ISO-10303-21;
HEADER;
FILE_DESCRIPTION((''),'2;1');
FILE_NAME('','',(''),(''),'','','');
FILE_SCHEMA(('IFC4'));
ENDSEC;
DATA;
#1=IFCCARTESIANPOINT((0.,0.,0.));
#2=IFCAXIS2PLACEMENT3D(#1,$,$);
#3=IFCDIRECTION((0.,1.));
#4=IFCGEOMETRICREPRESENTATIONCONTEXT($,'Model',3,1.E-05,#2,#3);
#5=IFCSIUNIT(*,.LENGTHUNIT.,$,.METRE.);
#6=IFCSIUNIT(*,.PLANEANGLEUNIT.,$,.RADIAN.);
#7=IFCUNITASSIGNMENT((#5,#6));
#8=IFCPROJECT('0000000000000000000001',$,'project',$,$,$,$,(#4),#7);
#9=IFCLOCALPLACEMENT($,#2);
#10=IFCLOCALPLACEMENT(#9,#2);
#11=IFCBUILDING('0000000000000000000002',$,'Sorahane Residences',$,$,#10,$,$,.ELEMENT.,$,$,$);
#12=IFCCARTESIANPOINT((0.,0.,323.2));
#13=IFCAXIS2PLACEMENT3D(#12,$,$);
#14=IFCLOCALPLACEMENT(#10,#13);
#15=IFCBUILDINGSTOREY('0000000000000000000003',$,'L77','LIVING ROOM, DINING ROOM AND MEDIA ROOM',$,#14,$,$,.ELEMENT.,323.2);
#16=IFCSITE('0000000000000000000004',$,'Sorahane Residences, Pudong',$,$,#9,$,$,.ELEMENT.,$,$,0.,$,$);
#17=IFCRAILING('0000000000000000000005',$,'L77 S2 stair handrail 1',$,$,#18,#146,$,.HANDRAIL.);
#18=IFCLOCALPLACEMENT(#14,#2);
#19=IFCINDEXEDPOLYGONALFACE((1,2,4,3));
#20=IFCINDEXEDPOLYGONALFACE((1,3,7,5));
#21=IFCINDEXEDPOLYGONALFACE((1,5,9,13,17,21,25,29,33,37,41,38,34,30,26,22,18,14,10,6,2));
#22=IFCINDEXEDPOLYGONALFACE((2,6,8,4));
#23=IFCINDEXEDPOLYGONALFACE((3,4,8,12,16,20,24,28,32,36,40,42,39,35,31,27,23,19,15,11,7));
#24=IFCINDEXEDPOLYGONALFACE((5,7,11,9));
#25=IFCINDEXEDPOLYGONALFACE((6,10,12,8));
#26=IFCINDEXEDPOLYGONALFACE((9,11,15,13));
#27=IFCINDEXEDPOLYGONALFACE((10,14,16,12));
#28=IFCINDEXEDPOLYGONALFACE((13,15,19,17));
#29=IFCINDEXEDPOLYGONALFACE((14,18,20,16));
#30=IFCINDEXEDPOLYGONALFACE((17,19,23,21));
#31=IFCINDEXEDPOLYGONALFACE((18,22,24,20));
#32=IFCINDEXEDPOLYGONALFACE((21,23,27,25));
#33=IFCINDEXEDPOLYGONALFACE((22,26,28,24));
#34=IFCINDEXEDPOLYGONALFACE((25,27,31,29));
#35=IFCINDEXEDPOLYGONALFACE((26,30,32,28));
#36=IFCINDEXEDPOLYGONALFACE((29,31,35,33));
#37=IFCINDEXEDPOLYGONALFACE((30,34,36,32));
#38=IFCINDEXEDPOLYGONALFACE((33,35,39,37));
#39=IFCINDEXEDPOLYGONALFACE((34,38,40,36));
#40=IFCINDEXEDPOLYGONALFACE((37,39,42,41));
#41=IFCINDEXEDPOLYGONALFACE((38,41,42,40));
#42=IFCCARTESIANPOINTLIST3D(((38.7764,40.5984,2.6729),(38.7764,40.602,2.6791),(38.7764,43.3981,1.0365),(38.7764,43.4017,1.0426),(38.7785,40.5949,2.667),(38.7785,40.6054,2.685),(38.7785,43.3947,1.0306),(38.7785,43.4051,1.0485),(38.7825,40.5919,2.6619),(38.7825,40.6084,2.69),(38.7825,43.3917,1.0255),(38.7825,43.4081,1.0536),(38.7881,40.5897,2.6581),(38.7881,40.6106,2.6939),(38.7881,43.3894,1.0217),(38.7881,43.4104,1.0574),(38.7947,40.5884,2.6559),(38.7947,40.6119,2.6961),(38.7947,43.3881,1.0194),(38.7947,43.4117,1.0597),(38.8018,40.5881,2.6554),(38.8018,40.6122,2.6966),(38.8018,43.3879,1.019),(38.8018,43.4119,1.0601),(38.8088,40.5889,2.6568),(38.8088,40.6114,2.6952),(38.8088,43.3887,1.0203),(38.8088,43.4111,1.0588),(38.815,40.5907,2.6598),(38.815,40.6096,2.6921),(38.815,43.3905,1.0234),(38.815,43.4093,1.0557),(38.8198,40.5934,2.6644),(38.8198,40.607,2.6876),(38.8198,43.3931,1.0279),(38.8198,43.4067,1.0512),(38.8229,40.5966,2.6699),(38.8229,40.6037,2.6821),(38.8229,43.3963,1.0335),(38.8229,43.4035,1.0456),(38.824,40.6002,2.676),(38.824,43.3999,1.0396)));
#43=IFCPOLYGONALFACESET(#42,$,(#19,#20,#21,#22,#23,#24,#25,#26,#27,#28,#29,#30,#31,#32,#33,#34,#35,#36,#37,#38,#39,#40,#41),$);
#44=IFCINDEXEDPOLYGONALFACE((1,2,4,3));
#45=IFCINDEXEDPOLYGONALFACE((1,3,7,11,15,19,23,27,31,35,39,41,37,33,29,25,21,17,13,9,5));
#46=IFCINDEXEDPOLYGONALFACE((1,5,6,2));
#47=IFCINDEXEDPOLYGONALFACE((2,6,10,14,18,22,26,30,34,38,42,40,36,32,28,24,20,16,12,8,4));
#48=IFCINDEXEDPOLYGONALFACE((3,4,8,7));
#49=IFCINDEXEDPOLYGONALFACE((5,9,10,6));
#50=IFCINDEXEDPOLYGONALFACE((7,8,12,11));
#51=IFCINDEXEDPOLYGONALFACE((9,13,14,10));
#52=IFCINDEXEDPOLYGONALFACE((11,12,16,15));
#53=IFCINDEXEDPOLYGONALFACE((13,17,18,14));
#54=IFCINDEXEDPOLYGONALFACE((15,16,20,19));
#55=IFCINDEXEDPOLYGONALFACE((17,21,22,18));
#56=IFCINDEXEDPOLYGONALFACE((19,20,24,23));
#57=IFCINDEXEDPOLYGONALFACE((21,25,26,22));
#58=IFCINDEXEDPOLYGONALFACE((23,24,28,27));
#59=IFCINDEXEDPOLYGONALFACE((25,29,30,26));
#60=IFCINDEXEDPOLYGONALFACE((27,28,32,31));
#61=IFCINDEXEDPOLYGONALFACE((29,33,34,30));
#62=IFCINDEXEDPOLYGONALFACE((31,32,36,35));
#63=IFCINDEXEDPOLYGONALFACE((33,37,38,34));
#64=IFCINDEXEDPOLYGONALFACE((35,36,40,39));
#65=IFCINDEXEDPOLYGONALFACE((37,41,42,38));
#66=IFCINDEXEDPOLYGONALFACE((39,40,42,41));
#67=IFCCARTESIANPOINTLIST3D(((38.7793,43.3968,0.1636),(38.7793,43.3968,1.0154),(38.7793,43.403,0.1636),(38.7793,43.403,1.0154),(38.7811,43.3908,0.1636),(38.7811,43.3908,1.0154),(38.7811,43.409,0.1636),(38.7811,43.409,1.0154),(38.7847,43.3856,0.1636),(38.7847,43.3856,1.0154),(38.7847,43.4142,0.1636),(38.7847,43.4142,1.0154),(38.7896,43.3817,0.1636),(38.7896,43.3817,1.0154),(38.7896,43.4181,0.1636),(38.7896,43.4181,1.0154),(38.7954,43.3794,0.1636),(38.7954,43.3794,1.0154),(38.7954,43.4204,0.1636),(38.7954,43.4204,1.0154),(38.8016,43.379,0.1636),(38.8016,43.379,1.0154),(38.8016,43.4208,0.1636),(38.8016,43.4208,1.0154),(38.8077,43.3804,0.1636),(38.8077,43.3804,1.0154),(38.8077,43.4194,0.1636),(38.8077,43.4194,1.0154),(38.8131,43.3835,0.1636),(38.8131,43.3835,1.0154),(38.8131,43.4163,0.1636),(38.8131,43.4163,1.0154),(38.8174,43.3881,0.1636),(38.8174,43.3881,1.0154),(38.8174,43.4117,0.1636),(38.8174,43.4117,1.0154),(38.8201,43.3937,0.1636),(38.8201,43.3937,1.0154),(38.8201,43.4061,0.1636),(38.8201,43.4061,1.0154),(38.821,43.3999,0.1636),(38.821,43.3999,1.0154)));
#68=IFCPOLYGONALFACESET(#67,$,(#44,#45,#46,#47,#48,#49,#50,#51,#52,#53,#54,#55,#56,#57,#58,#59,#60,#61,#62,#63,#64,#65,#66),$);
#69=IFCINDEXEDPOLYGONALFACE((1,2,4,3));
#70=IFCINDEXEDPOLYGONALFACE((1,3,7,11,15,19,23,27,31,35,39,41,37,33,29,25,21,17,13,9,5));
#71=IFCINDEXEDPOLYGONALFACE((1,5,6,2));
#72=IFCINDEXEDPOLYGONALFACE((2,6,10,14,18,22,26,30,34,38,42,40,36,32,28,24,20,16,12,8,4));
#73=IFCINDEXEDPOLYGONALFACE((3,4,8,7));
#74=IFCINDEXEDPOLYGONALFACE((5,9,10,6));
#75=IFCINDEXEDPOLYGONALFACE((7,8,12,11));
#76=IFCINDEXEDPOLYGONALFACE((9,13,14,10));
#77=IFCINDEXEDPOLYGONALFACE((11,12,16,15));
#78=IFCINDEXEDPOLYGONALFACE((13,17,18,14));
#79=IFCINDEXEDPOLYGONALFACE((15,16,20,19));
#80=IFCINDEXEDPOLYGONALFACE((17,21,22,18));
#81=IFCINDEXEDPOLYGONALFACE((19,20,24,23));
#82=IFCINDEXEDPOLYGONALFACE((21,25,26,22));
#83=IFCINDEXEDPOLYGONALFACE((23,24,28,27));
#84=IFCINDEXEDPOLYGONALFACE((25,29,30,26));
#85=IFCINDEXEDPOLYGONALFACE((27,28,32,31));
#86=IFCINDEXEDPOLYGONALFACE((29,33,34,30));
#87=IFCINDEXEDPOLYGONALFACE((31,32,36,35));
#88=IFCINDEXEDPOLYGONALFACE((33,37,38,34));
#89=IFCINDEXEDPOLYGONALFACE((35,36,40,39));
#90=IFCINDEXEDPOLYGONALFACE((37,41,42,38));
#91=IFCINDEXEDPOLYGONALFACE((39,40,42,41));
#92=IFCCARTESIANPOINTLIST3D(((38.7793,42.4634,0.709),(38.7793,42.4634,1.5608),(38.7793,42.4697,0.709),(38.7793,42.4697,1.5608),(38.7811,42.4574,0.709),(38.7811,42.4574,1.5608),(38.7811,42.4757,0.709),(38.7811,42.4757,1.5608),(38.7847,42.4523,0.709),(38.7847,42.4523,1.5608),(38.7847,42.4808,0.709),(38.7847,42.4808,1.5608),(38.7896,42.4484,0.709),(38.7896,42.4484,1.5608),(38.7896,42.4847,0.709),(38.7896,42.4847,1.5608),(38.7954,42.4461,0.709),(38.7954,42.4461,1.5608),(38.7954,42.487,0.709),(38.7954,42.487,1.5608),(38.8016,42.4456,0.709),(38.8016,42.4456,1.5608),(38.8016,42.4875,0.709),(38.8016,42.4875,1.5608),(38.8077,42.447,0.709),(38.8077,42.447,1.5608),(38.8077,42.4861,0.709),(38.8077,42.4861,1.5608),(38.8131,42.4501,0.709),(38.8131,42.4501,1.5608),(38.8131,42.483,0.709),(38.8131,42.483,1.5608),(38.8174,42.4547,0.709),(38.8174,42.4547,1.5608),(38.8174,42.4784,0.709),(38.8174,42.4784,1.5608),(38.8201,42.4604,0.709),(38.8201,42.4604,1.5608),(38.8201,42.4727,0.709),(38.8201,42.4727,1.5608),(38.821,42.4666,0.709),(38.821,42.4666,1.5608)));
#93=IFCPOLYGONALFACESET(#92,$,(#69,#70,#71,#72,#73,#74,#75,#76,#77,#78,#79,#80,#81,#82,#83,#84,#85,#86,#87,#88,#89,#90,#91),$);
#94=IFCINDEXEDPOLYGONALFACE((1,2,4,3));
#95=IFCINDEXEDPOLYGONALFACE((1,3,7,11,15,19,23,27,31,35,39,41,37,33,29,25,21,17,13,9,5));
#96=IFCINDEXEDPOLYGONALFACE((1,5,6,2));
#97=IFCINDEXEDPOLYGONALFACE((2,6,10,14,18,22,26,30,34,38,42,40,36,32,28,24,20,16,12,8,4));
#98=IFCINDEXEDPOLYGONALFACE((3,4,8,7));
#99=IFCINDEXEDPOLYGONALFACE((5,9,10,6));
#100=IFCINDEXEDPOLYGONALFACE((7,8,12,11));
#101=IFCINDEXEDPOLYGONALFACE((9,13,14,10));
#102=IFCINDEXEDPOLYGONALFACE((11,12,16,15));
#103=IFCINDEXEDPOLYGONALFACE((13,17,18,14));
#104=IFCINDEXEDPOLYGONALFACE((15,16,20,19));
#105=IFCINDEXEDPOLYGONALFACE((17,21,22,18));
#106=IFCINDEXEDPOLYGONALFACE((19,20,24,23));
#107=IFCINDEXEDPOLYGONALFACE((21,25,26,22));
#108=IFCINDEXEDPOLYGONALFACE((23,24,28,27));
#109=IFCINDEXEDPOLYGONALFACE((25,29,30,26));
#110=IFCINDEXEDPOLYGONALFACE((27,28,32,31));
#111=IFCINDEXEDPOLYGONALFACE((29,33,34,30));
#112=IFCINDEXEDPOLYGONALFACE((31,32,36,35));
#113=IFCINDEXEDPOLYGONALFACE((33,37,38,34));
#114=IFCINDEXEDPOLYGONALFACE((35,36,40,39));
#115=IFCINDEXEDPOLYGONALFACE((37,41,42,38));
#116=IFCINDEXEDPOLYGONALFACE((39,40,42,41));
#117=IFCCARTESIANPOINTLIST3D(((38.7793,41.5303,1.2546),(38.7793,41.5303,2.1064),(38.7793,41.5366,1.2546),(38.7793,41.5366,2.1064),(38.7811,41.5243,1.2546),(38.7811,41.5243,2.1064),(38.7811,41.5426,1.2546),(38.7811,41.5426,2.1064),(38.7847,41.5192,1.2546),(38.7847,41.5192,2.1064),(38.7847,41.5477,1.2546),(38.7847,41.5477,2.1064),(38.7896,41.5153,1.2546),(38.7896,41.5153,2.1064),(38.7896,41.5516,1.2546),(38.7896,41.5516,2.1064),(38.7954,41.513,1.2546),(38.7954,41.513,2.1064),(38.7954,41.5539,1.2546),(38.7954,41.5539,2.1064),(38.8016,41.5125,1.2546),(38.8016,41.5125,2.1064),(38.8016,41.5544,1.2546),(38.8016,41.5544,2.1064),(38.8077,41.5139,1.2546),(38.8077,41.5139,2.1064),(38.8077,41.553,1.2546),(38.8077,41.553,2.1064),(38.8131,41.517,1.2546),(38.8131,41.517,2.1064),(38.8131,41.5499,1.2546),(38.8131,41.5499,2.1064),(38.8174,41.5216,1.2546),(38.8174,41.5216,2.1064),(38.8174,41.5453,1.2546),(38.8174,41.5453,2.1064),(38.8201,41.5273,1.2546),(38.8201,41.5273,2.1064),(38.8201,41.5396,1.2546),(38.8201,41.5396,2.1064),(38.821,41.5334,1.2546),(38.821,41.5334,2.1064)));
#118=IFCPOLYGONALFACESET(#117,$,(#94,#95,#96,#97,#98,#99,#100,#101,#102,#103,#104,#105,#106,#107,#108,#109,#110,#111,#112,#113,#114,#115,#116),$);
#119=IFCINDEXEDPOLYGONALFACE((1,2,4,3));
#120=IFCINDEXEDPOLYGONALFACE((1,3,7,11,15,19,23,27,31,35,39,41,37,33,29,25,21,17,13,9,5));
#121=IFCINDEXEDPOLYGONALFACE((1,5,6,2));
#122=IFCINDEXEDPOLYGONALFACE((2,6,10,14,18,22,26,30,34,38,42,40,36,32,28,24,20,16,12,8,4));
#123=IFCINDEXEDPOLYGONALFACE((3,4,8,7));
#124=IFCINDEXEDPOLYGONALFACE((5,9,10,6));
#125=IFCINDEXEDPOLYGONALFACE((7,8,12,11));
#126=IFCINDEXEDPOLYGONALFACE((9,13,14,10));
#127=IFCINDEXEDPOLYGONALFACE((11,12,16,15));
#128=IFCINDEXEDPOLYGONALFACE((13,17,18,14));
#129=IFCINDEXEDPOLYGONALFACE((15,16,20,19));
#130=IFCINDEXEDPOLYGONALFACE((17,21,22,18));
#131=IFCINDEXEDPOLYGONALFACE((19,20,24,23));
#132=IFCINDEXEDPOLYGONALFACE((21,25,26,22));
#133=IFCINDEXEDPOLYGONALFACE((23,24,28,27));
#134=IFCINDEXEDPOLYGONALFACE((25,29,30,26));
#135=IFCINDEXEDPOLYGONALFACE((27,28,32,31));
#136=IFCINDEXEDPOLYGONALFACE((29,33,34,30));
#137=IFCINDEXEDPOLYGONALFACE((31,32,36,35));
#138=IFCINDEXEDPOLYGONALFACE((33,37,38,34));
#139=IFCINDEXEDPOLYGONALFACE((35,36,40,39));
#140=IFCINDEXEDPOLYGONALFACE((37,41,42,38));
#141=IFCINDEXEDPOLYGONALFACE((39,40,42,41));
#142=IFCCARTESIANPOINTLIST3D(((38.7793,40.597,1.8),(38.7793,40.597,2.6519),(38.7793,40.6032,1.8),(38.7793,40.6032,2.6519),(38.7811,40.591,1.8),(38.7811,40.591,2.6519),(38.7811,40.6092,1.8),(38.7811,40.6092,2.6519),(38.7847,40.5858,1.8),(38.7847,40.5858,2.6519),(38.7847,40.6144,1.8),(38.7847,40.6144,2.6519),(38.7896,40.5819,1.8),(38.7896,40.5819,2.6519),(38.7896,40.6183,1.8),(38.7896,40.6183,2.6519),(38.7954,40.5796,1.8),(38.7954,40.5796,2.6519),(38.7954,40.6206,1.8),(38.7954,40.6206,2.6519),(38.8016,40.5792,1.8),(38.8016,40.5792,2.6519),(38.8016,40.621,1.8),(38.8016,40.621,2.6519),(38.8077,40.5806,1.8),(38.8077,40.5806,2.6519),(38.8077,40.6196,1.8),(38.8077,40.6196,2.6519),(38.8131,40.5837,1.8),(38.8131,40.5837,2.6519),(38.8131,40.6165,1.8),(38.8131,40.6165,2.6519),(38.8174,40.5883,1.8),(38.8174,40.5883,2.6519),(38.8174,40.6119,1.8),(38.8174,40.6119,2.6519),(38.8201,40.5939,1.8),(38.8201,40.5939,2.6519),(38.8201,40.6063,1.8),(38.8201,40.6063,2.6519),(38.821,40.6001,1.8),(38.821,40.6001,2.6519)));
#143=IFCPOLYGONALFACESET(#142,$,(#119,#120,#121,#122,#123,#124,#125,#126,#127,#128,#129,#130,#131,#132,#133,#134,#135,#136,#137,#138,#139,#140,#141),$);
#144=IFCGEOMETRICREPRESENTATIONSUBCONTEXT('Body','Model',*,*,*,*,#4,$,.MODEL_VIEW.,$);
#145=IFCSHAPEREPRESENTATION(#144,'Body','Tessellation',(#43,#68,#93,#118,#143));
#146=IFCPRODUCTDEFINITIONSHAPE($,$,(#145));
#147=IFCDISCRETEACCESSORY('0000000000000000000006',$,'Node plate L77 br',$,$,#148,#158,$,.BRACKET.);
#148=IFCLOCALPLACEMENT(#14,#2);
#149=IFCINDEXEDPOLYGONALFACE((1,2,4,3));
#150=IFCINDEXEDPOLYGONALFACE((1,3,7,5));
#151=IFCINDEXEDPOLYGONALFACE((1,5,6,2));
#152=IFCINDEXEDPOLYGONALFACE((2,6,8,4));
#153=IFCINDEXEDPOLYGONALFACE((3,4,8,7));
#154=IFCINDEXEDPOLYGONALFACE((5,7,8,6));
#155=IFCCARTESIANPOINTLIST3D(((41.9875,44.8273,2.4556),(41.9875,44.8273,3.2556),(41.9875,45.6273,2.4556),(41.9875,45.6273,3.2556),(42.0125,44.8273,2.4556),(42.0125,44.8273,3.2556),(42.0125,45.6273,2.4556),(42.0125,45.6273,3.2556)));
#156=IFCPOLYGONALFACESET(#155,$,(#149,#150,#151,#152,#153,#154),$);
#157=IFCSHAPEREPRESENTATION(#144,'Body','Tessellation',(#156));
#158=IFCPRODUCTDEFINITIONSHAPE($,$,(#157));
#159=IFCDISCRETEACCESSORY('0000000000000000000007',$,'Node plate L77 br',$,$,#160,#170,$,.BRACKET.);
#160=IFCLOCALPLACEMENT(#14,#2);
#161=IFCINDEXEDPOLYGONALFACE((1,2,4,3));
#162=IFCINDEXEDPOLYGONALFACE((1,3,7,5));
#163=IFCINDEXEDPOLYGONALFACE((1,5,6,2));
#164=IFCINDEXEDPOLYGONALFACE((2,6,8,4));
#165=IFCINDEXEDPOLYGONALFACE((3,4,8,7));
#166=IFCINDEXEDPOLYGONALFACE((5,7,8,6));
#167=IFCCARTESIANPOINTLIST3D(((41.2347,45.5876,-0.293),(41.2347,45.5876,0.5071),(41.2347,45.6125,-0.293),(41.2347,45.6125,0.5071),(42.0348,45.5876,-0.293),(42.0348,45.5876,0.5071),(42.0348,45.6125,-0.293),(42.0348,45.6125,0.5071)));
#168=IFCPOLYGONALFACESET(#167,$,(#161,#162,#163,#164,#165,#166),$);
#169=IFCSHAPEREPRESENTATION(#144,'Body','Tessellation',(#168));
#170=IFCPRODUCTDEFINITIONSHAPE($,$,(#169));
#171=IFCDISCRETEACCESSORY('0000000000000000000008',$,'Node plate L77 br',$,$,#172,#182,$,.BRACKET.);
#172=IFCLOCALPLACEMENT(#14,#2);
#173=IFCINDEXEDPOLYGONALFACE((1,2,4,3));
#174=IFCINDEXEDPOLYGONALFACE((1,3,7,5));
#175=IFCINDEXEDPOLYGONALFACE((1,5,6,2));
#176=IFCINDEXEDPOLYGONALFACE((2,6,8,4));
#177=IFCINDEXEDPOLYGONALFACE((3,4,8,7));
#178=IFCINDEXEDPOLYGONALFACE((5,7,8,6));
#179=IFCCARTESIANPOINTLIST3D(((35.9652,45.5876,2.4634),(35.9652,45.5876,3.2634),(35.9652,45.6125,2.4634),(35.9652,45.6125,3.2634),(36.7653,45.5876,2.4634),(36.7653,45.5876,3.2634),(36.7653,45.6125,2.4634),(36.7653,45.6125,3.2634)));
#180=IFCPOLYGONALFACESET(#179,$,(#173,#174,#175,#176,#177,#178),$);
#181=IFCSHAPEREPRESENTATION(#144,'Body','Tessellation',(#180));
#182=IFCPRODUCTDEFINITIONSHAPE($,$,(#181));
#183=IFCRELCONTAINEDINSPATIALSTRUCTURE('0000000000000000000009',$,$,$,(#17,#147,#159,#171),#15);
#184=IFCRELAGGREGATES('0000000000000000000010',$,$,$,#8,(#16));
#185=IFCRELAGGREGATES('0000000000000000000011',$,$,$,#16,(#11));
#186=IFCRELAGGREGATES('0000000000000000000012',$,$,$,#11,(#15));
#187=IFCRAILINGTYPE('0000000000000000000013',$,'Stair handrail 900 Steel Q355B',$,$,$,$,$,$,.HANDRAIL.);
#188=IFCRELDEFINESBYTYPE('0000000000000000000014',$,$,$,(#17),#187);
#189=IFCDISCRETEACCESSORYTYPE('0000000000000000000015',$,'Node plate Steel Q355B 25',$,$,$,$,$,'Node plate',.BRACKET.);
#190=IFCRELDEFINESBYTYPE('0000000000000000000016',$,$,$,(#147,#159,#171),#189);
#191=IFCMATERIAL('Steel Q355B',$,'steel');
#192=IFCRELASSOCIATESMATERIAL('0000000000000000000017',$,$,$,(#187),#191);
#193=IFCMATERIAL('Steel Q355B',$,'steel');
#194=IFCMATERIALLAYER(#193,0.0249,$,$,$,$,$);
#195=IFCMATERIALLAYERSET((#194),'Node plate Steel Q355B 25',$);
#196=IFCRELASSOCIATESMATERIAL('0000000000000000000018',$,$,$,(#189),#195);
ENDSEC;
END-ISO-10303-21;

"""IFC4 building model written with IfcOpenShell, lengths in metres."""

from ifc_helpers import new_model, si_unit, direction, frame, origin, origin_2d, place, context, subcontext, project, spatial, rectangle, circle, extrude, material, layer, layer_set, type_object, element, save


model = new_model("IFC4")

# Units and contexts
model_context = context("Model", 3, precision=1e-05, world=origin(), true_north=direction((0.0, 1.0)))
body_context = subcontext(model_context, "Body", "Model", "MODEL_VIEW")
ifc_project = project(units=[si_unit("LENGTHUNIT", "METRE"), si_unit("PLANEANGLEUNIT", "RADIAN")], contexts=[model_context])

# Site, building, storey
site_placement = place(None, origin())
site = spatial("IfcSite", under=ifc_project, at=site_placement, Name="Sorahane Residences, Pudong", CompositionType="ELEMENT", RefElevation=0.0)
building_placement = place(site_placement, origin())
building = spatial("IfcBuilding", under=site, at=building_placement, Name="Sorahane Residences", CompositionType="ELEMENT")
storey_placement = place(building_placement, frame((0.0, 0.0, 323.2)))
storey = spatial("IfcBuildingStorey", under=building, at=storey_placement, Name="L77", Description="LIVING ROOM, DINING ROOM AND MEDIA ROOM", CompositionType="ELEMENT", Elevation=323.2)

# Railing
ifc_material_1 = material(Name="Steel Q355B", Category="steel")
railing_type_1 = type_object("IfcRailingType", Name="Stair handrail 900 Steel Q355B", PredefinedType="HANDRAIL", material=ifc_material_1)
railing_1_placement = place(storey_placement, frame((38.8, 43.3999, 0.1636)))
element("IfcRailing", 1, at=railing_1_placement, inside=storey, type_object=railing_type_1, Name="L77 S2 stair handrail 1", PredefinedType="HANDRAIL", context=body_context, shape_type="SweptSolid", body=[
    extrude(circle(Radius=0.0239, at=origin_2d()), frame((0.0, 0.0, 0.876), z_axis=(0.0, -0.863342, 0.50462), x_axis=(1.0, 0.0, 0.0)), (0.0, 0.0, 1.0), 3.2429),
    extrude(circle(Radius=0.021, at=origin_2d()), origin(), (0.0, 0.0, 1.0), 0.8518),
    extrude(circle(Radius=0.021, at=origin_2d()), frame((0.0, -0.9333, 0.5454)), (0.0, 0.0, 1.0), 0.8518),
    extrude(circle(Radius=0.021, at=origin_2d()), frame((0.0, -1.8665, 1.0911)), (0.0, 0.0, 1.0), 0.8518),
    extrude(circle(Radius=0.021, at=origin_2d()), frame((0.0, -2.7998, 1.6365)), (0.0, 0.0, 1.0), 0.8518),
])

# Discrete accessories
ifc_material_2 = material(Name="Steel Q355B", Category="steel")
ifc_layer_1 = layer(ifc_material_2, 0.0249)
ifc_layer_set_1 = layer_set([ifc_layer_1], Name="Node plate Steel Q355B 25")
discrete_accessory_type = type_object("IfcDiscreteAccessoryType", Name="Node plate Steel Q355B 25", ElementType="Node plate", PredefinedType="BRACKET", material=ifc_layer_set_1)
for number, where, z_axis, x_axis, name in (
    (2, (42.0, 45.2273, 2.4556), (0.0, 0.0, 1.0), (0.0, 1.0, 0.0), "Node plate L77 br"),
    (3, (41.6348, 45.6001, -0.293), (0.0, 0.0, 1.0), (1.0, 0.0, 0.0), "Node plate L77 br"),
    (4, (36.3652, 45.6001, 2.4634), (0.0, 0.0, 1.0), (1.0, 0.0, 0.0), "Node plate L77 br"),
):
    element("IfcDiscreteAccessory", number, at=place(storey_placement, frame(where, z_axis=z_axis, x_axis=x_axis)), inside=storey, type_object=discrete_accessory_type, Name=name, PredefinedType="BRACKET", context=body_context, shape_type="SweptSolid", body=[
        extrude(rectangle(XDim=0.8, YDim=0.0249, at=origin_2d()), origin(), (0.0, 0.0, 1.0), 0.8),
    ])

save(model, "model.ifc")
